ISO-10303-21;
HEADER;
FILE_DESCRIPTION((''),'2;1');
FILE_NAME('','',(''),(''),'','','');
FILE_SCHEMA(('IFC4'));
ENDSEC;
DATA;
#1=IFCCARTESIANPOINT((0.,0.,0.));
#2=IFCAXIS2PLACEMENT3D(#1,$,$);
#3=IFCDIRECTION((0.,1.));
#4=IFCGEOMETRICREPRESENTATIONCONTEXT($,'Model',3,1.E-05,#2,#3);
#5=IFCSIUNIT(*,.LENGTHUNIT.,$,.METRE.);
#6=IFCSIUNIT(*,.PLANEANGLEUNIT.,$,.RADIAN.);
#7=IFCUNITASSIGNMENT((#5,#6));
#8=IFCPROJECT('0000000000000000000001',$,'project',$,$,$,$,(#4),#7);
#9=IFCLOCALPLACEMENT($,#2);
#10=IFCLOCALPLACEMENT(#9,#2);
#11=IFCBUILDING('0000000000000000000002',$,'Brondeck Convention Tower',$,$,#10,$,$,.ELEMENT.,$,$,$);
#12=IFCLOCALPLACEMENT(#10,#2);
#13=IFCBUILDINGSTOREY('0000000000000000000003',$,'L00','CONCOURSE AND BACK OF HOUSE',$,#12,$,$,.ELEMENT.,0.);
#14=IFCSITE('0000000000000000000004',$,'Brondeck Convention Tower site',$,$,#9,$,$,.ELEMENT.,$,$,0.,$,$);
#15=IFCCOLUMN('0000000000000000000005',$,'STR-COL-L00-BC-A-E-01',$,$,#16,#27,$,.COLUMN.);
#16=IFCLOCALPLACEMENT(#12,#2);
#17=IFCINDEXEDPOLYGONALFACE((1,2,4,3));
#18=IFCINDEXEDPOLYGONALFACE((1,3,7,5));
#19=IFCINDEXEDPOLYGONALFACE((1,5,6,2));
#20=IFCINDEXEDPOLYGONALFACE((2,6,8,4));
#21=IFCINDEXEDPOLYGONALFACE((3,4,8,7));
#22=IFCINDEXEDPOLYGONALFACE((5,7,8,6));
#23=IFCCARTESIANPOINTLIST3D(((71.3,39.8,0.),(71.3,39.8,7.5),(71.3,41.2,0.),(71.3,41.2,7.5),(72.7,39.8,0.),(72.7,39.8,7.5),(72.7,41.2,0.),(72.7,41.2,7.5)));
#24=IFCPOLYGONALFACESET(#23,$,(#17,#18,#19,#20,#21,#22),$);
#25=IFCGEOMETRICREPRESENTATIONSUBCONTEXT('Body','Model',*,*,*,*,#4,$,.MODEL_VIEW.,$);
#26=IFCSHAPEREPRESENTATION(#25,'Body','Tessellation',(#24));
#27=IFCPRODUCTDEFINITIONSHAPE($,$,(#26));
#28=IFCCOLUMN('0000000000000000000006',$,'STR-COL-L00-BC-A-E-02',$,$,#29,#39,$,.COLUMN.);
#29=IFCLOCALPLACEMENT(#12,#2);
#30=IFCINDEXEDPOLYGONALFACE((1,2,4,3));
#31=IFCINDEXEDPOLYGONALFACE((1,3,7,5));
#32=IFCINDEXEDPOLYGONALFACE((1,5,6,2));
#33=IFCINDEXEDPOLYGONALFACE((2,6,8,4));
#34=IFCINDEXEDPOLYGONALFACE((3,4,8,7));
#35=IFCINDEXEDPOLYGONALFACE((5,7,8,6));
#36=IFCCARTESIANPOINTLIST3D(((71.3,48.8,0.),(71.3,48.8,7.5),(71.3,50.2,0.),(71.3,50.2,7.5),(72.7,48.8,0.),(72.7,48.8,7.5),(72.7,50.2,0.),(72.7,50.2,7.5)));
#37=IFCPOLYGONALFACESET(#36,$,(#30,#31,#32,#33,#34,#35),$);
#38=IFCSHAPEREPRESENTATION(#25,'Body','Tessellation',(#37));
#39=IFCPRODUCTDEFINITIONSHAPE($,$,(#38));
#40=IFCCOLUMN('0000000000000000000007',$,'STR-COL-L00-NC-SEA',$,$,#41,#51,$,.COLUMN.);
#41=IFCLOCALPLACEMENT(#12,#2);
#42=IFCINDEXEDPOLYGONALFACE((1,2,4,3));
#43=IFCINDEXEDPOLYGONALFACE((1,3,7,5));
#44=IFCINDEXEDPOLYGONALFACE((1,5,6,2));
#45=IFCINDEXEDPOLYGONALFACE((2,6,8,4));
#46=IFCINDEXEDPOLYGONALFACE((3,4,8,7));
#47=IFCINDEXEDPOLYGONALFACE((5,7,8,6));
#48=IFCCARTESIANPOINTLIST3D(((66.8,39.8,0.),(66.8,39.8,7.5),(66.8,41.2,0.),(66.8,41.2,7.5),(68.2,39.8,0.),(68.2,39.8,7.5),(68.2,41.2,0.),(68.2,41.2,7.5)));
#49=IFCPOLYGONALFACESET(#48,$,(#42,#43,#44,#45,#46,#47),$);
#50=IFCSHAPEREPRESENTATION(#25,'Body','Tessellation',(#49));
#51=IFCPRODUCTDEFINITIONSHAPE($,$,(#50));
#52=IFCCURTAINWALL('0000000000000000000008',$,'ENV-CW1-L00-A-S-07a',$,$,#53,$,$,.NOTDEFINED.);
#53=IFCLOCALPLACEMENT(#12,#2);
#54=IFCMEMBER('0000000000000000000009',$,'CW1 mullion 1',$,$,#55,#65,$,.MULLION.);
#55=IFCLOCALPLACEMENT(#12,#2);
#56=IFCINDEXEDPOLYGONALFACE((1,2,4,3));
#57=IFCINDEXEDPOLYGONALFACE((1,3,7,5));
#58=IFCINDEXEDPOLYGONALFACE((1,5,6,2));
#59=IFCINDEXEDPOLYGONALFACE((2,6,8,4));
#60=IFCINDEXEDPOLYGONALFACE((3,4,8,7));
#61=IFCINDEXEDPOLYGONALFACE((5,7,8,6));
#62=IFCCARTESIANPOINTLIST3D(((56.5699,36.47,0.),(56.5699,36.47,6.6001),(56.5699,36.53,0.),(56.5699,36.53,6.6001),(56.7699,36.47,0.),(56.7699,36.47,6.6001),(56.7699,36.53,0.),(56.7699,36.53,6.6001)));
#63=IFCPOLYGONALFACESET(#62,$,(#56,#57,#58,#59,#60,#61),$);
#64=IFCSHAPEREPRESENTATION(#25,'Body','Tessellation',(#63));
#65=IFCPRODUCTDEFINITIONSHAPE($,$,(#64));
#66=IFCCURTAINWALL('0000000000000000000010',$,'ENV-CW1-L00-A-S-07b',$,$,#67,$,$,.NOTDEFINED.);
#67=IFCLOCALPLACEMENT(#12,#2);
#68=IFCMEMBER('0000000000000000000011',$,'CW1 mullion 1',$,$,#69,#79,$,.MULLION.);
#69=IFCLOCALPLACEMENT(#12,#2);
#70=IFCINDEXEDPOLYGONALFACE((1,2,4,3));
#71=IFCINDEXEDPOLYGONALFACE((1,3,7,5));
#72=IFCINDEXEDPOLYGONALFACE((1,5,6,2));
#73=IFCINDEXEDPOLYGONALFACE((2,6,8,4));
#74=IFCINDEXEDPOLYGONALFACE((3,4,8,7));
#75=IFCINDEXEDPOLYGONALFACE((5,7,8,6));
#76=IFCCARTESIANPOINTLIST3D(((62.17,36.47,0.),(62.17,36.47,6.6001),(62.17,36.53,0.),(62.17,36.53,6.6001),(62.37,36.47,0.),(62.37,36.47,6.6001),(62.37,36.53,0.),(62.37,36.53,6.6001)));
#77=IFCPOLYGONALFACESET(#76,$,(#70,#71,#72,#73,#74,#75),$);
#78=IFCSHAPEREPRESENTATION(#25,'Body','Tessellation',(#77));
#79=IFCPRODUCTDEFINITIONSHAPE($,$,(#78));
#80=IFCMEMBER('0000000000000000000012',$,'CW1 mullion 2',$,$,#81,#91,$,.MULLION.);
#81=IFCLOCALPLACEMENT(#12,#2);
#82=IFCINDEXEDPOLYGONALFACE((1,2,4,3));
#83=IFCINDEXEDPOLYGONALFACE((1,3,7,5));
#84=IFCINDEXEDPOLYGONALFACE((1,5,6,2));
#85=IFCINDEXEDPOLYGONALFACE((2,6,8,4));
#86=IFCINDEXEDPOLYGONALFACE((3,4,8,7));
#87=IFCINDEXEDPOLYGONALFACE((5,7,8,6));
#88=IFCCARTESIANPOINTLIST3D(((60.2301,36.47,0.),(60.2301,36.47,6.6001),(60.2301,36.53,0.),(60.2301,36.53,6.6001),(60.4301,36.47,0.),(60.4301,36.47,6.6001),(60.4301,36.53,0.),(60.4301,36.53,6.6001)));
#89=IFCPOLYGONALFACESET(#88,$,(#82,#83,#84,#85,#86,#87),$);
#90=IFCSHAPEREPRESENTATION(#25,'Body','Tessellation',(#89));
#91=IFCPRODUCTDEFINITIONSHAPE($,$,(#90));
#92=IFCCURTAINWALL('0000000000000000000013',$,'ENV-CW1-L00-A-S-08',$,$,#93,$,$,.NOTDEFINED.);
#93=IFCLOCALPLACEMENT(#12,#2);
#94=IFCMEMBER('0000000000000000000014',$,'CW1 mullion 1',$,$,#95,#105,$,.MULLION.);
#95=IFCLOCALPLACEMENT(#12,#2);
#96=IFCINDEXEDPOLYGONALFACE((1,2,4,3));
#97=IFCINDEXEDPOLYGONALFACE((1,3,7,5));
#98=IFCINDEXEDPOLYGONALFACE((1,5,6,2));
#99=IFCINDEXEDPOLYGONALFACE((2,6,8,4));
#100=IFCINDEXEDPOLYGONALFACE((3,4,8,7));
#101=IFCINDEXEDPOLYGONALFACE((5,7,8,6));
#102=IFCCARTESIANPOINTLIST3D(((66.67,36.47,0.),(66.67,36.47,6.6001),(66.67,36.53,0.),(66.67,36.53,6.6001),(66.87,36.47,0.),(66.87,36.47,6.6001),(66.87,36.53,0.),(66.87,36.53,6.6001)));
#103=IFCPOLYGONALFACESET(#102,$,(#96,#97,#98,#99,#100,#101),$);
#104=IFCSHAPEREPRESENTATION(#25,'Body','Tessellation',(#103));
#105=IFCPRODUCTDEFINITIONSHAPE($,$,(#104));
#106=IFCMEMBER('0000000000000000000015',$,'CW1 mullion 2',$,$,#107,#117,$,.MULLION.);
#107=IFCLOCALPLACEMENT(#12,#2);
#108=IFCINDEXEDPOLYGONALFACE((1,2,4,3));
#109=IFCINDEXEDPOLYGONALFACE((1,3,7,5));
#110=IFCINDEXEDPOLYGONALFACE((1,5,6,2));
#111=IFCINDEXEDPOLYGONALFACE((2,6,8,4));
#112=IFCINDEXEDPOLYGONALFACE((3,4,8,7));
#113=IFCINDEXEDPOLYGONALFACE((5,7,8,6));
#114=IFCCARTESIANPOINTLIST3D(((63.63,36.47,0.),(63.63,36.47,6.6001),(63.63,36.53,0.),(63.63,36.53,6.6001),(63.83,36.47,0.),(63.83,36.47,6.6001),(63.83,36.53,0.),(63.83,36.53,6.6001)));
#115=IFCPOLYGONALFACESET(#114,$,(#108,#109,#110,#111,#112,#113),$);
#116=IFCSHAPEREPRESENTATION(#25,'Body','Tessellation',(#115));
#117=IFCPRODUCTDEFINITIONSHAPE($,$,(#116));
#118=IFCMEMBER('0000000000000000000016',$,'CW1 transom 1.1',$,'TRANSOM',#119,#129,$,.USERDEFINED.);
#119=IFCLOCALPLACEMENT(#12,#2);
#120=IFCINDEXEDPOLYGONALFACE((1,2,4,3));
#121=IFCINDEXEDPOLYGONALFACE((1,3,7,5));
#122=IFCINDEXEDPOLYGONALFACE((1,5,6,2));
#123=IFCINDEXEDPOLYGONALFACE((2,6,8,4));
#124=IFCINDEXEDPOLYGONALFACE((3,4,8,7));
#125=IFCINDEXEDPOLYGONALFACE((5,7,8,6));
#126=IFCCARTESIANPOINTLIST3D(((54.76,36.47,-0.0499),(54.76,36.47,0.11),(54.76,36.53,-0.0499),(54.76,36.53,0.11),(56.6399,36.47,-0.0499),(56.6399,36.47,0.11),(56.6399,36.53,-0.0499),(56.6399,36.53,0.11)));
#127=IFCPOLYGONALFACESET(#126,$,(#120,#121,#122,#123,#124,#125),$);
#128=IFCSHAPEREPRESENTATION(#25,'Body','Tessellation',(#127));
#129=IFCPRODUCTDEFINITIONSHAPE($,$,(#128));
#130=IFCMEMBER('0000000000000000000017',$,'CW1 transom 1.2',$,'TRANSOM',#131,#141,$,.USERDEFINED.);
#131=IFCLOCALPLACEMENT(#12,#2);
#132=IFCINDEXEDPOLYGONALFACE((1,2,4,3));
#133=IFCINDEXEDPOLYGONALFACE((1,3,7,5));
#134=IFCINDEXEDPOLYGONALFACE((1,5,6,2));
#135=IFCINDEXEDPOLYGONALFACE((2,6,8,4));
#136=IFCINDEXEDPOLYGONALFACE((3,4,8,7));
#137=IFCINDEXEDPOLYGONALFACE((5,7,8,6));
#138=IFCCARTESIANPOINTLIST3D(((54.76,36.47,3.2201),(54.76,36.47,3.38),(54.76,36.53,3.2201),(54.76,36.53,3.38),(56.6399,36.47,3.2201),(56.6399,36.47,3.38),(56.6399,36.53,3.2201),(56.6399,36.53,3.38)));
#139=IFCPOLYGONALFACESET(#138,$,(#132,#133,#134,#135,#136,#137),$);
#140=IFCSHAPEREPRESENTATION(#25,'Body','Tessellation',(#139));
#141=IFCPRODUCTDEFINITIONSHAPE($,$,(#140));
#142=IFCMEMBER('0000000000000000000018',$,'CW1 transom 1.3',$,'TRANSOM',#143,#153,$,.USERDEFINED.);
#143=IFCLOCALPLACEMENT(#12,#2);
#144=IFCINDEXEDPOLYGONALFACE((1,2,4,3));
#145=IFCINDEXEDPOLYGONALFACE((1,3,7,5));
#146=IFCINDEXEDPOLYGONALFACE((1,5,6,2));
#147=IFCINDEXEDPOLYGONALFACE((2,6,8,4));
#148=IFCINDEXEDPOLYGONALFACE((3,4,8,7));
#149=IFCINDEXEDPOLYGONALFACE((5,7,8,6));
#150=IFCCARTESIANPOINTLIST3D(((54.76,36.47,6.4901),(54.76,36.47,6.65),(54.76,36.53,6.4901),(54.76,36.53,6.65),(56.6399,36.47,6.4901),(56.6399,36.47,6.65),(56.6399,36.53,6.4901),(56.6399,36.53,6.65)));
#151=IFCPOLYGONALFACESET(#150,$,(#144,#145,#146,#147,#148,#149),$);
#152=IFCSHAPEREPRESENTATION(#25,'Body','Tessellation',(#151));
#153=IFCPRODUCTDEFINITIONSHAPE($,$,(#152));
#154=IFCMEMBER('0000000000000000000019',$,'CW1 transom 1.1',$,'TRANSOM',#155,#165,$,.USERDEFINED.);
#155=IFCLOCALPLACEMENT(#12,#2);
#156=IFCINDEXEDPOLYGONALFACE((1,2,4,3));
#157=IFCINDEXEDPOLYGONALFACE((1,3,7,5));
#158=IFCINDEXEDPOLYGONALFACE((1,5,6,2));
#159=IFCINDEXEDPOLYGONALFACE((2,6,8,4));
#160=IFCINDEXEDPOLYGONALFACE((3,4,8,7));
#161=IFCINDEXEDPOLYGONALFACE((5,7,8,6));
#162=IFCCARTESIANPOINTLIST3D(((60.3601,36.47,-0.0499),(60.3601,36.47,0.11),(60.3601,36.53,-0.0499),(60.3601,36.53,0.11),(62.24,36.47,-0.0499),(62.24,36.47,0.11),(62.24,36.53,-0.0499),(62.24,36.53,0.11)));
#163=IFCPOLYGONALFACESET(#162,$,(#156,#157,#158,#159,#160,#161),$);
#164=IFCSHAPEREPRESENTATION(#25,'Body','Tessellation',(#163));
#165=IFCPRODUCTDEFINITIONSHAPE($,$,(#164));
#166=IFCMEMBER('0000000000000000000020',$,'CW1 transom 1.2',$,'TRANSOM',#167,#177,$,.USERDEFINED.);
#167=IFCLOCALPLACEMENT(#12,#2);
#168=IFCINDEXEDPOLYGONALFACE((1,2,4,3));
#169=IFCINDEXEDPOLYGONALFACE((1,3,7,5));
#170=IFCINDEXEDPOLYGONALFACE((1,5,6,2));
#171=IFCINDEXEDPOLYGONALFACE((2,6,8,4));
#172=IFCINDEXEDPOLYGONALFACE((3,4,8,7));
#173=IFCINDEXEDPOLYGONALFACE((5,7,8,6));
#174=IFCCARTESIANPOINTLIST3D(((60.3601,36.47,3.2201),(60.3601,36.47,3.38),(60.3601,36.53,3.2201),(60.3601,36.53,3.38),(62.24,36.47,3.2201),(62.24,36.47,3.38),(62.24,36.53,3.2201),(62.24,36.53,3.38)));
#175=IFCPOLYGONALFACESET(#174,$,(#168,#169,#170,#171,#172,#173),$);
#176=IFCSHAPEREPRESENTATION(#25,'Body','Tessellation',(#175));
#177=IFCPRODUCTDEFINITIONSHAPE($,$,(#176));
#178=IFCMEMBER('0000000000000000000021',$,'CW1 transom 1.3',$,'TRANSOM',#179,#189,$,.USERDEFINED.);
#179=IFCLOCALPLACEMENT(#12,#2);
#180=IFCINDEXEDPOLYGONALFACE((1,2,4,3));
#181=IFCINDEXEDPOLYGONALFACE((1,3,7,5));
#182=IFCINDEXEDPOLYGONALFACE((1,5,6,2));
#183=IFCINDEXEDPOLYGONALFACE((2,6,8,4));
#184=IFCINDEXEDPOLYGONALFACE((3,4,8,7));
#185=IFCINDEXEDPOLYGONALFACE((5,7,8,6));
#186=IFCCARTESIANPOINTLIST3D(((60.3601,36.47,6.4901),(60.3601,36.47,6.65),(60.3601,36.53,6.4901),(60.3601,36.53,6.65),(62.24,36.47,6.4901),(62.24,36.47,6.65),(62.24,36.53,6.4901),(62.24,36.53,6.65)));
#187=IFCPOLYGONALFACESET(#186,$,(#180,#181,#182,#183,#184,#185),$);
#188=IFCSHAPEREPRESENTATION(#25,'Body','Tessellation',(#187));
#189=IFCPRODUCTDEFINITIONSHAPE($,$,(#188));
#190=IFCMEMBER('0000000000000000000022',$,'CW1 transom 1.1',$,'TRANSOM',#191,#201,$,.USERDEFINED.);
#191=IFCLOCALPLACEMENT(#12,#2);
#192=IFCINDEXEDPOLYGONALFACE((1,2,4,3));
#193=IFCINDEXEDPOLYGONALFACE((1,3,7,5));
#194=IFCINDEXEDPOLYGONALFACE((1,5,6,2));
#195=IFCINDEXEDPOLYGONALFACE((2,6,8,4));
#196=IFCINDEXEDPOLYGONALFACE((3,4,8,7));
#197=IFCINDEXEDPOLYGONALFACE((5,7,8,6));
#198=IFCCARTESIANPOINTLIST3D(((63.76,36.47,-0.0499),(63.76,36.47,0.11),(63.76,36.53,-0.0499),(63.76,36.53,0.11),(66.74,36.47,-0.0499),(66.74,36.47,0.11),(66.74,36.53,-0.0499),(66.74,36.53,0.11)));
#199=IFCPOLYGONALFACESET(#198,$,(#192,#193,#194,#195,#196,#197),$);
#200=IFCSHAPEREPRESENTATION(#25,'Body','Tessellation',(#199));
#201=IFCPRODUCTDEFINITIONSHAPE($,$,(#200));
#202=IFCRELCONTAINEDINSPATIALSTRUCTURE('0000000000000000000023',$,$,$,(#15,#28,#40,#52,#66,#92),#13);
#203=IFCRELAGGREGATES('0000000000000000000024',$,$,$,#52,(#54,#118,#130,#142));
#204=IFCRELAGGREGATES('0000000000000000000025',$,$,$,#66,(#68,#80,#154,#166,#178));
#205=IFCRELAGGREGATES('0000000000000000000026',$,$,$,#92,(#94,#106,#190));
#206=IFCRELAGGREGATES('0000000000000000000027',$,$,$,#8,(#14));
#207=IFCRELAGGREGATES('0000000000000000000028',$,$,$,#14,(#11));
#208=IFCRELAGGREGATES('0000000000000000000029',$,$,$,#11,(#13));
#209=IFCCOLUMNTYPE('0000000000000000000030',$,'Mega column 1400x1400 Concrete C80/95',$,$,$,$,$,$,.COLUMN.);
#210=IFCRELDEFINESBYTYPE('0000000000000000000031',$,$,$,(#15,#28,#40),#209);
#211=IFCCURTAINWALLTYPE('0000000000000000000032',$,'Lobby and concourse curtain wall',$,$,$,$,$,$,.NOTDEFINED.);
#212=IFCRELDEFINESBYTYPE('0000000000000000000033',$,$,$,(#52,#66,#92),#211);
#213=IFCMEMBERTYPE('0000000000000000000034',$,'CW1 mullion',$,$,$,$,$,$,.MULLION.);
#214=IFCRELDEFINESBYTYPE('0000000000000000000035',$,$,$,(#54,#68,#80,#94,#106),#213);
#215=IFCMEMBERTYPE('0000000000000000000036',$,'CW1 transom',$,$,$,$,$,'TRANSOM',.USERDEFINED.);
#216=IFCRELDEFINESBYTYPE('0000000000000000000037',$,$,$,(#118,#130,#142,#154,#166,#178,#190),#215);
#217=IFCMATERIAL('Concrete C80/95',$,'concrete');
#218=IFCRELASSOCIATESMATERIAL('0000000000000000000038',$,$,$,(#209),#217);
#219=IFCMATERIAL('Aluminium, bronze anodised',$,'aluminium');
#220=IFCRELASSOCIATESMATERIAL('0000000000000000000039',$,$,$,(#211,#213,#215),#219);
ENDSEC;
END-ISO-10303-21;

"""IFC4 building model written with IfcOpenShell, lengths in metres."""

from ifc_helpers import new_model, si_unit, direction, frame, origin, origin_2d, place, context, subcontext, project, spatial, rectangle, extrude, material, material_profile, profile_set, type_object, element, aggregate, save


model = new_model("IFC4")

# Units and contexts
model_context = context("Model", 3, precision=1e-05, world=origin(), true_north=direction((0.0, 1.0)))
body_context = subcontext(model_context, "Body", "Model", "MODEL_VIEW")
ifc_project = project(units=[si_unit("LENGTHUNIT", "METRE"), si_unit("PLANEANGLEUNIT", "RADIAN")], contexts=[model_context])

# Site, building, storey
site_placement = place(None, origin())
site = spatial("IfcSite", under=ifc_project, at=site_placement, Name="Brondeck Convention Tower site", CompositionType="ELEMENT", RefElevation=0.0)
building_placement = place(site_placement, origin())
building = spatial("IfcBuilding", under=site, at=building_placement, Name="Brondeck Convention Tower", CompositionType="ELEMENT")
storey_placement = place(building_placement, origin())
storey = spatial("IfcBuildingStorey", under=building, at=storey_placement, Name="L00", Description="CONCOURSE AND BACK OF HOUSE", CompositionType="ELEMENT", Elevation=0.0)

# Columns
ifc_material_1 = material(Name="Concrete C80/95", Category="concrete")
ifc_material_profile_1 = material_profile(ifc_material_1, rectangle(XDim=1.3999, YDim=1.3999, at=origin_2d()), Name="Mega column 1400x1400 Concrete C80/95")
ifc_profile_set_1 = profile_set([ifc_material_profile_1], Name="Concrete C80/95")
column_type = type_object("IfcColumnType", Name="Mega column 1400x1400 Concrete C80/95", PredefinedType="COLUMN", material=ifc_profile_set_1)
for number, where, z_axis, x_axis, name in (
    (1, (72.0, 40.5, 0.0), (0.0, 0.0, 1.0), (1.0, 0.0, 0.0), "STR-COL-L00-BC-A-E-01"),
    (2, (72.0, 49.5, 0.0), (0.0, 0.0, 1.0), (1.0, 0.0, 0.0), "STR-COL-L00-BC-A-E-02"),
    (3, (67.5, 40.5, 0.0), (0.0, 0.0, 1.0), (1.0, 0.0, 0.0), "STR-COL-L00-NC-SEA"),
):
    element("IfcColumn", number, at=place(storey_placement, frame(where, z_axis=z_axis, x_axis=x_axis)), inside=storey, type_object=column_type, Name=name, PredefinedType="COLUMN", context=body_context, shape_type="SweptSolid", body=[
        extrude(rectangle(XDim=1.3999, YDim=1.3999, at=origin_2d()), origin(), (0.0, 0.0, 1.0), 7.5),
    ])

# Curtain wall, member
ifc_material_2 = material(Name="Aluminium, bronze anodised", Category="aluminium")
curtain_wall_type = type_object("IfcCurtainWallType", Name="Lobby and concourse curtain wall", PredefinedType="NOTDEFINED", material=ifc_material_2)
curtain_wall_1_placement = place(storey_placement, origin())
curtain_wall_1 = element("IfcCurtainWall", 4, at=curtain_wall_1_placement, inside=storey, type_object=curtain_wall_type, Name="ENV-CW1-L00-A-S-07a", PredefinedType="NOTDEFINED")
ifc_material_profile_2 = material_profile(ifc_material_2, rectangle(XDim=0.0601, YDim=0.2, at=origin_2d()), Name="CW1 mullion")
ifc_profile_set_2 = profile_set([ifc_material_profile_2], Name="Aluminium, bronze anodised")
member_type_1 = type_object("IfcMemberType", Name="CW1 mullion", PredefinedType="MULLION", material=ifc_profile_set_2)
member_1_placement = place(storey_placement, frame((56.6699, 36.5, 0.0), z_axis=(0.0, 0.0, 1.0), x_axis=(0.0, -1.0, 0.0)))
member_1 = element("IfcMember", 5, at=member_1_placement, type_object=member_type_1, Name="CW1 mullion 1", PredefinedType="MULLION", context=body_context, shape_type="SweptSolid", body=[
    extrude(rectangle(XDim=0.0601, YDim=0.2, at=origin_2d()), origin(), (0.0, 0.0, 1.0), 6.6001),
])

# Curtain walls, members
curtain_wall_2_placement = place(storey_placement, origin())
curtain_wall_2 = element("IfcCurtainWall", 6, at=curtain_wall_2_placement, inside=storey, type_object=curtain_wall_type, Name="ENV-CW1-L00-A-S-07b", PredefinedType="NOTDEFINED")
member_2_placement = place(storey_placement, frame((62.27, 36.5, 0.0), z_axis=(0.0, 0.0, 1.0), x_axis=(0.0, -1.0, 0.0)))
member_2 = element("IfcMember", 7, at=member_2_placement, type_object=member_type_1, Name="CW1 mullion 1", PredefinedType="MULLION", context=body_context, shape_type="SweptSolid", body=[
    extrude(rectangle(XDim=0.0601, YDim=0.2, at=origin_2d()), origin(), (0.0, 0.0, 1.0), 6.6001),
])
member_3_placement = place(storey_placement, frame((60.3301, 36.5, 0.0), z_axis=(0.0, 0.0, 1.0), x_axis=(0.0, -1.0, 0.0)))
member_3 = element("IfcMember", 8, at=member_3_placement, type_object=member_type_1, Name="CW1 mullion 2", PredefinedType="MULLION", context=body_context, shape_type="SweptSolid", body=[
    extrude(rectangle(XDim=0.0601, YDim=0.2, at=origin_2d()), origin(), (0.0, 0.0, 1.0), 6.6001),
])
curtain_wall_3_placement = place(storey_placement, origin())
curtain_wall_3 = element("IfcCurtainWall", 9, at=curtain_wall_3_placement, inside=storey, type_object=curtain_wall_type, Name="ENV-CW1-L00-A-S-08", PredefinedType="NOTDEFINED")
member_4_placement = place(storey_placement, frame((66.77, 36.5, 0.0), z_axis=(0.0, 0.0, 1.0), x_axis=(0.0, -1.0, 0.0)))
member_4 = element("IfcMember", 10, at=member_4_placement, type_object=member_type_1, Name="CW1 mullion 1", PredefinedType="MULLION", context=body_context, shape_type="SweptSolid", body=[
    extrude(rectangle(XDim=0.0601, YDim=0.2, at=origin_2d()), origin(), (0.0, 0.0, 1.0), 6.6001),
])
member_5_placement = place(storey_placement, frame((63.73, 36.5, 0.0), z_axis=(0.0, 0.0, 1.0), x_axis=(0.0, -1.0, 0.0)))
member_5 = element("IfcMember", 11, at=member_5_placement, type_object=member_type_1, Name="CW1 mullion 2", PredefinedType="MULLION", context=body_context, shape_type="SweptSolid", body=[
    extrude(rectangle(XDim=0.0601, YDim=0.2, at=origin_2d()), origin(), (0.0, 0.0, 1.0), 6.6001),
])

# Members
ifc_material_profile_3 = material_profile(ifc_material_2, rectangle(XDim=0.0601, YDim=0.1599, at=origin_2d()), Name="CW1 transom")
ifc_profile_set_3 = profile_set([ifc_material_profile_3], Name="Aluminium, bronze anodised")
member_type_2 = type_object("IfcMemberType", Name="CW1 transom", ElementType="TRANSOM", PredefinedType="USERDEFINED", material=ifc_profile_set_3)
member_6_placement = place(storey_placement, frame((56.6399, 36.5, 0.03), z_axis=(-1.0, 0.0, 0.0), x_axis=(0.0, -1.0, 0.0)))
member_6 = element("IfcMember", 12, at=member_6_placement, type_object=member_type_2, Name="CW1 transom 1.1", ObjectType="TRANSOM", PredefinedType="USERDEFINED", context=body_context, shape_type="SweptSolid", body=[
    extrude(rectangle(XDim=0.0601, YDim=0.1599, at=origin_2d()), origin(), (0.0, 0.0, 1.0), 1.8799),
])
member_7_placement = place(storey_placement, frame((56.6399, 36.5, 3.3), z_axis=(-1.0, 0.0, 0.0), x_axis=(0.0, -1.0, 0.0)))
member_7 = element("IfcMember", 13, at=member_7_placement, type_object=member_type_2, Name="CW1 transom 1.2", ObjectType="TRANSOM", PredefinedType="USERDEFINED", context=body_context, shape_type="SweptSolid", body=[
    extrude(rectangle(XDim=0.0601, YDim=0.1599, at=origin_2d()), origin(), (0.0, 0.0, 1.0), 1.8799),
])
member_8_placement = place(storey_placement, frame((56.6399, 36.5, 6.5701), z_axis=(-1.0, 0.0, 0.0), x_axis=(0.0, -1.0, 0.0)))
member_8 = element("IfcMember", 14, at=member_8_placement, type_object=member_type_2, Name="CW1 transom 1.3", ObjectType="TRANSOM", PredefinedType="USERDEFINED", context=body_context, shape_type="SweptSolid", body=[
    extrude(rectangle(XDim=0.0601, YDim=0.1599, at=origin_2d()), origin(), (0.0, 0.0, 1.0), 1.8799),
])
member_9_placement = place(storey_placement, frame((62.24, 36.5, 0.03), z_axis=(-1.0, 0.0, 0.0), x_axis=(0.0, -1.0, 0.0)))
member_9 = element("IfcMember", 15, at=member_9_placement, type_object=member_type_2, Name="CW1 transom 1.1", ObjectType="TRANSOM", PredefinedType="USERDEFINED", context=body_context, shape_type="SweptSolid", body=[
    extrude(rectangle(XDim=0.0601, YDim=0.1599, at=origin_2d()), origin(), (0.0, 0.0, 1.0), 1.8799),
])
member_10_placement = place(storey_placement, frame((62.24, 36.5, 3.3), z_axis=(-1.0, 0.0, 0.0), x_axis=(0.0, -1.0, 0.0)))
member_10 = element("IfcMember", 16, at=member_10_placement, type_object=member_type_2, Name="CW1 transom 1.2", ObjectType="TRANSOM", PredefinedType="USERDEFINED", context=body_context, shape_type="SweptSolid", body=[
    extrude(rectangle(XDim=0.0601, YDim=0.1599, at=origin_2d()), origin(), (0.0, 0.0, 1.0), 1.8799),
])
member_11_placement = place(storey_placement, frame((62.24, 36.5, 6.5701), z_axis=(-1.0, 0.0, 0.0), x_axis=(0.0, -1.0, 0.0)))
member_11 = element("IfcMember", 17, at=member_11_placement, type_object=member_type_2, Name="CW1 transom 1.3", ObjectType="TRANSOM", PredefinedType="USERDEFINED", context=body_context, shape_type="SweptSolid", body=[
    extrude(rectangle(XDim=0.0601, YDim=0.1599, at=origin_2d()), origin(), (0.0, 0.0, 1.0), 1.8799),
])
member_12_placement = place(storey_placement, frame((66.74, 36.5, 0.03), z_axis=(-1.0, 0.0, 0.0), x_axis=(0.0, -1.0, 0.0)))
member_12 = element("IfcMember", 18, at=member_12_placement, type_object=member_type_2, Name="CW1 transom 1.1", ObjectType="TRANSOM", PredefinedType="USERDEFINED", context=body_context, shape_type="SweptSolid", body=[
    extrude(rectangle(XDim=0.0601, YDim=0.1599, at=origin_2d()), origin(), (0.0, 0.0, 1.0), 2.98),
])

aggregate(curtain_wall_1, [member_1, member_6, member_7, member_8])
aggregate(curtain_wall_2, [member_2, member_3, member_9, member_10, member_11])
aggregate(curtain_wall_3, [member_4, member_5, member_12])

save(model, "model.ifc")
